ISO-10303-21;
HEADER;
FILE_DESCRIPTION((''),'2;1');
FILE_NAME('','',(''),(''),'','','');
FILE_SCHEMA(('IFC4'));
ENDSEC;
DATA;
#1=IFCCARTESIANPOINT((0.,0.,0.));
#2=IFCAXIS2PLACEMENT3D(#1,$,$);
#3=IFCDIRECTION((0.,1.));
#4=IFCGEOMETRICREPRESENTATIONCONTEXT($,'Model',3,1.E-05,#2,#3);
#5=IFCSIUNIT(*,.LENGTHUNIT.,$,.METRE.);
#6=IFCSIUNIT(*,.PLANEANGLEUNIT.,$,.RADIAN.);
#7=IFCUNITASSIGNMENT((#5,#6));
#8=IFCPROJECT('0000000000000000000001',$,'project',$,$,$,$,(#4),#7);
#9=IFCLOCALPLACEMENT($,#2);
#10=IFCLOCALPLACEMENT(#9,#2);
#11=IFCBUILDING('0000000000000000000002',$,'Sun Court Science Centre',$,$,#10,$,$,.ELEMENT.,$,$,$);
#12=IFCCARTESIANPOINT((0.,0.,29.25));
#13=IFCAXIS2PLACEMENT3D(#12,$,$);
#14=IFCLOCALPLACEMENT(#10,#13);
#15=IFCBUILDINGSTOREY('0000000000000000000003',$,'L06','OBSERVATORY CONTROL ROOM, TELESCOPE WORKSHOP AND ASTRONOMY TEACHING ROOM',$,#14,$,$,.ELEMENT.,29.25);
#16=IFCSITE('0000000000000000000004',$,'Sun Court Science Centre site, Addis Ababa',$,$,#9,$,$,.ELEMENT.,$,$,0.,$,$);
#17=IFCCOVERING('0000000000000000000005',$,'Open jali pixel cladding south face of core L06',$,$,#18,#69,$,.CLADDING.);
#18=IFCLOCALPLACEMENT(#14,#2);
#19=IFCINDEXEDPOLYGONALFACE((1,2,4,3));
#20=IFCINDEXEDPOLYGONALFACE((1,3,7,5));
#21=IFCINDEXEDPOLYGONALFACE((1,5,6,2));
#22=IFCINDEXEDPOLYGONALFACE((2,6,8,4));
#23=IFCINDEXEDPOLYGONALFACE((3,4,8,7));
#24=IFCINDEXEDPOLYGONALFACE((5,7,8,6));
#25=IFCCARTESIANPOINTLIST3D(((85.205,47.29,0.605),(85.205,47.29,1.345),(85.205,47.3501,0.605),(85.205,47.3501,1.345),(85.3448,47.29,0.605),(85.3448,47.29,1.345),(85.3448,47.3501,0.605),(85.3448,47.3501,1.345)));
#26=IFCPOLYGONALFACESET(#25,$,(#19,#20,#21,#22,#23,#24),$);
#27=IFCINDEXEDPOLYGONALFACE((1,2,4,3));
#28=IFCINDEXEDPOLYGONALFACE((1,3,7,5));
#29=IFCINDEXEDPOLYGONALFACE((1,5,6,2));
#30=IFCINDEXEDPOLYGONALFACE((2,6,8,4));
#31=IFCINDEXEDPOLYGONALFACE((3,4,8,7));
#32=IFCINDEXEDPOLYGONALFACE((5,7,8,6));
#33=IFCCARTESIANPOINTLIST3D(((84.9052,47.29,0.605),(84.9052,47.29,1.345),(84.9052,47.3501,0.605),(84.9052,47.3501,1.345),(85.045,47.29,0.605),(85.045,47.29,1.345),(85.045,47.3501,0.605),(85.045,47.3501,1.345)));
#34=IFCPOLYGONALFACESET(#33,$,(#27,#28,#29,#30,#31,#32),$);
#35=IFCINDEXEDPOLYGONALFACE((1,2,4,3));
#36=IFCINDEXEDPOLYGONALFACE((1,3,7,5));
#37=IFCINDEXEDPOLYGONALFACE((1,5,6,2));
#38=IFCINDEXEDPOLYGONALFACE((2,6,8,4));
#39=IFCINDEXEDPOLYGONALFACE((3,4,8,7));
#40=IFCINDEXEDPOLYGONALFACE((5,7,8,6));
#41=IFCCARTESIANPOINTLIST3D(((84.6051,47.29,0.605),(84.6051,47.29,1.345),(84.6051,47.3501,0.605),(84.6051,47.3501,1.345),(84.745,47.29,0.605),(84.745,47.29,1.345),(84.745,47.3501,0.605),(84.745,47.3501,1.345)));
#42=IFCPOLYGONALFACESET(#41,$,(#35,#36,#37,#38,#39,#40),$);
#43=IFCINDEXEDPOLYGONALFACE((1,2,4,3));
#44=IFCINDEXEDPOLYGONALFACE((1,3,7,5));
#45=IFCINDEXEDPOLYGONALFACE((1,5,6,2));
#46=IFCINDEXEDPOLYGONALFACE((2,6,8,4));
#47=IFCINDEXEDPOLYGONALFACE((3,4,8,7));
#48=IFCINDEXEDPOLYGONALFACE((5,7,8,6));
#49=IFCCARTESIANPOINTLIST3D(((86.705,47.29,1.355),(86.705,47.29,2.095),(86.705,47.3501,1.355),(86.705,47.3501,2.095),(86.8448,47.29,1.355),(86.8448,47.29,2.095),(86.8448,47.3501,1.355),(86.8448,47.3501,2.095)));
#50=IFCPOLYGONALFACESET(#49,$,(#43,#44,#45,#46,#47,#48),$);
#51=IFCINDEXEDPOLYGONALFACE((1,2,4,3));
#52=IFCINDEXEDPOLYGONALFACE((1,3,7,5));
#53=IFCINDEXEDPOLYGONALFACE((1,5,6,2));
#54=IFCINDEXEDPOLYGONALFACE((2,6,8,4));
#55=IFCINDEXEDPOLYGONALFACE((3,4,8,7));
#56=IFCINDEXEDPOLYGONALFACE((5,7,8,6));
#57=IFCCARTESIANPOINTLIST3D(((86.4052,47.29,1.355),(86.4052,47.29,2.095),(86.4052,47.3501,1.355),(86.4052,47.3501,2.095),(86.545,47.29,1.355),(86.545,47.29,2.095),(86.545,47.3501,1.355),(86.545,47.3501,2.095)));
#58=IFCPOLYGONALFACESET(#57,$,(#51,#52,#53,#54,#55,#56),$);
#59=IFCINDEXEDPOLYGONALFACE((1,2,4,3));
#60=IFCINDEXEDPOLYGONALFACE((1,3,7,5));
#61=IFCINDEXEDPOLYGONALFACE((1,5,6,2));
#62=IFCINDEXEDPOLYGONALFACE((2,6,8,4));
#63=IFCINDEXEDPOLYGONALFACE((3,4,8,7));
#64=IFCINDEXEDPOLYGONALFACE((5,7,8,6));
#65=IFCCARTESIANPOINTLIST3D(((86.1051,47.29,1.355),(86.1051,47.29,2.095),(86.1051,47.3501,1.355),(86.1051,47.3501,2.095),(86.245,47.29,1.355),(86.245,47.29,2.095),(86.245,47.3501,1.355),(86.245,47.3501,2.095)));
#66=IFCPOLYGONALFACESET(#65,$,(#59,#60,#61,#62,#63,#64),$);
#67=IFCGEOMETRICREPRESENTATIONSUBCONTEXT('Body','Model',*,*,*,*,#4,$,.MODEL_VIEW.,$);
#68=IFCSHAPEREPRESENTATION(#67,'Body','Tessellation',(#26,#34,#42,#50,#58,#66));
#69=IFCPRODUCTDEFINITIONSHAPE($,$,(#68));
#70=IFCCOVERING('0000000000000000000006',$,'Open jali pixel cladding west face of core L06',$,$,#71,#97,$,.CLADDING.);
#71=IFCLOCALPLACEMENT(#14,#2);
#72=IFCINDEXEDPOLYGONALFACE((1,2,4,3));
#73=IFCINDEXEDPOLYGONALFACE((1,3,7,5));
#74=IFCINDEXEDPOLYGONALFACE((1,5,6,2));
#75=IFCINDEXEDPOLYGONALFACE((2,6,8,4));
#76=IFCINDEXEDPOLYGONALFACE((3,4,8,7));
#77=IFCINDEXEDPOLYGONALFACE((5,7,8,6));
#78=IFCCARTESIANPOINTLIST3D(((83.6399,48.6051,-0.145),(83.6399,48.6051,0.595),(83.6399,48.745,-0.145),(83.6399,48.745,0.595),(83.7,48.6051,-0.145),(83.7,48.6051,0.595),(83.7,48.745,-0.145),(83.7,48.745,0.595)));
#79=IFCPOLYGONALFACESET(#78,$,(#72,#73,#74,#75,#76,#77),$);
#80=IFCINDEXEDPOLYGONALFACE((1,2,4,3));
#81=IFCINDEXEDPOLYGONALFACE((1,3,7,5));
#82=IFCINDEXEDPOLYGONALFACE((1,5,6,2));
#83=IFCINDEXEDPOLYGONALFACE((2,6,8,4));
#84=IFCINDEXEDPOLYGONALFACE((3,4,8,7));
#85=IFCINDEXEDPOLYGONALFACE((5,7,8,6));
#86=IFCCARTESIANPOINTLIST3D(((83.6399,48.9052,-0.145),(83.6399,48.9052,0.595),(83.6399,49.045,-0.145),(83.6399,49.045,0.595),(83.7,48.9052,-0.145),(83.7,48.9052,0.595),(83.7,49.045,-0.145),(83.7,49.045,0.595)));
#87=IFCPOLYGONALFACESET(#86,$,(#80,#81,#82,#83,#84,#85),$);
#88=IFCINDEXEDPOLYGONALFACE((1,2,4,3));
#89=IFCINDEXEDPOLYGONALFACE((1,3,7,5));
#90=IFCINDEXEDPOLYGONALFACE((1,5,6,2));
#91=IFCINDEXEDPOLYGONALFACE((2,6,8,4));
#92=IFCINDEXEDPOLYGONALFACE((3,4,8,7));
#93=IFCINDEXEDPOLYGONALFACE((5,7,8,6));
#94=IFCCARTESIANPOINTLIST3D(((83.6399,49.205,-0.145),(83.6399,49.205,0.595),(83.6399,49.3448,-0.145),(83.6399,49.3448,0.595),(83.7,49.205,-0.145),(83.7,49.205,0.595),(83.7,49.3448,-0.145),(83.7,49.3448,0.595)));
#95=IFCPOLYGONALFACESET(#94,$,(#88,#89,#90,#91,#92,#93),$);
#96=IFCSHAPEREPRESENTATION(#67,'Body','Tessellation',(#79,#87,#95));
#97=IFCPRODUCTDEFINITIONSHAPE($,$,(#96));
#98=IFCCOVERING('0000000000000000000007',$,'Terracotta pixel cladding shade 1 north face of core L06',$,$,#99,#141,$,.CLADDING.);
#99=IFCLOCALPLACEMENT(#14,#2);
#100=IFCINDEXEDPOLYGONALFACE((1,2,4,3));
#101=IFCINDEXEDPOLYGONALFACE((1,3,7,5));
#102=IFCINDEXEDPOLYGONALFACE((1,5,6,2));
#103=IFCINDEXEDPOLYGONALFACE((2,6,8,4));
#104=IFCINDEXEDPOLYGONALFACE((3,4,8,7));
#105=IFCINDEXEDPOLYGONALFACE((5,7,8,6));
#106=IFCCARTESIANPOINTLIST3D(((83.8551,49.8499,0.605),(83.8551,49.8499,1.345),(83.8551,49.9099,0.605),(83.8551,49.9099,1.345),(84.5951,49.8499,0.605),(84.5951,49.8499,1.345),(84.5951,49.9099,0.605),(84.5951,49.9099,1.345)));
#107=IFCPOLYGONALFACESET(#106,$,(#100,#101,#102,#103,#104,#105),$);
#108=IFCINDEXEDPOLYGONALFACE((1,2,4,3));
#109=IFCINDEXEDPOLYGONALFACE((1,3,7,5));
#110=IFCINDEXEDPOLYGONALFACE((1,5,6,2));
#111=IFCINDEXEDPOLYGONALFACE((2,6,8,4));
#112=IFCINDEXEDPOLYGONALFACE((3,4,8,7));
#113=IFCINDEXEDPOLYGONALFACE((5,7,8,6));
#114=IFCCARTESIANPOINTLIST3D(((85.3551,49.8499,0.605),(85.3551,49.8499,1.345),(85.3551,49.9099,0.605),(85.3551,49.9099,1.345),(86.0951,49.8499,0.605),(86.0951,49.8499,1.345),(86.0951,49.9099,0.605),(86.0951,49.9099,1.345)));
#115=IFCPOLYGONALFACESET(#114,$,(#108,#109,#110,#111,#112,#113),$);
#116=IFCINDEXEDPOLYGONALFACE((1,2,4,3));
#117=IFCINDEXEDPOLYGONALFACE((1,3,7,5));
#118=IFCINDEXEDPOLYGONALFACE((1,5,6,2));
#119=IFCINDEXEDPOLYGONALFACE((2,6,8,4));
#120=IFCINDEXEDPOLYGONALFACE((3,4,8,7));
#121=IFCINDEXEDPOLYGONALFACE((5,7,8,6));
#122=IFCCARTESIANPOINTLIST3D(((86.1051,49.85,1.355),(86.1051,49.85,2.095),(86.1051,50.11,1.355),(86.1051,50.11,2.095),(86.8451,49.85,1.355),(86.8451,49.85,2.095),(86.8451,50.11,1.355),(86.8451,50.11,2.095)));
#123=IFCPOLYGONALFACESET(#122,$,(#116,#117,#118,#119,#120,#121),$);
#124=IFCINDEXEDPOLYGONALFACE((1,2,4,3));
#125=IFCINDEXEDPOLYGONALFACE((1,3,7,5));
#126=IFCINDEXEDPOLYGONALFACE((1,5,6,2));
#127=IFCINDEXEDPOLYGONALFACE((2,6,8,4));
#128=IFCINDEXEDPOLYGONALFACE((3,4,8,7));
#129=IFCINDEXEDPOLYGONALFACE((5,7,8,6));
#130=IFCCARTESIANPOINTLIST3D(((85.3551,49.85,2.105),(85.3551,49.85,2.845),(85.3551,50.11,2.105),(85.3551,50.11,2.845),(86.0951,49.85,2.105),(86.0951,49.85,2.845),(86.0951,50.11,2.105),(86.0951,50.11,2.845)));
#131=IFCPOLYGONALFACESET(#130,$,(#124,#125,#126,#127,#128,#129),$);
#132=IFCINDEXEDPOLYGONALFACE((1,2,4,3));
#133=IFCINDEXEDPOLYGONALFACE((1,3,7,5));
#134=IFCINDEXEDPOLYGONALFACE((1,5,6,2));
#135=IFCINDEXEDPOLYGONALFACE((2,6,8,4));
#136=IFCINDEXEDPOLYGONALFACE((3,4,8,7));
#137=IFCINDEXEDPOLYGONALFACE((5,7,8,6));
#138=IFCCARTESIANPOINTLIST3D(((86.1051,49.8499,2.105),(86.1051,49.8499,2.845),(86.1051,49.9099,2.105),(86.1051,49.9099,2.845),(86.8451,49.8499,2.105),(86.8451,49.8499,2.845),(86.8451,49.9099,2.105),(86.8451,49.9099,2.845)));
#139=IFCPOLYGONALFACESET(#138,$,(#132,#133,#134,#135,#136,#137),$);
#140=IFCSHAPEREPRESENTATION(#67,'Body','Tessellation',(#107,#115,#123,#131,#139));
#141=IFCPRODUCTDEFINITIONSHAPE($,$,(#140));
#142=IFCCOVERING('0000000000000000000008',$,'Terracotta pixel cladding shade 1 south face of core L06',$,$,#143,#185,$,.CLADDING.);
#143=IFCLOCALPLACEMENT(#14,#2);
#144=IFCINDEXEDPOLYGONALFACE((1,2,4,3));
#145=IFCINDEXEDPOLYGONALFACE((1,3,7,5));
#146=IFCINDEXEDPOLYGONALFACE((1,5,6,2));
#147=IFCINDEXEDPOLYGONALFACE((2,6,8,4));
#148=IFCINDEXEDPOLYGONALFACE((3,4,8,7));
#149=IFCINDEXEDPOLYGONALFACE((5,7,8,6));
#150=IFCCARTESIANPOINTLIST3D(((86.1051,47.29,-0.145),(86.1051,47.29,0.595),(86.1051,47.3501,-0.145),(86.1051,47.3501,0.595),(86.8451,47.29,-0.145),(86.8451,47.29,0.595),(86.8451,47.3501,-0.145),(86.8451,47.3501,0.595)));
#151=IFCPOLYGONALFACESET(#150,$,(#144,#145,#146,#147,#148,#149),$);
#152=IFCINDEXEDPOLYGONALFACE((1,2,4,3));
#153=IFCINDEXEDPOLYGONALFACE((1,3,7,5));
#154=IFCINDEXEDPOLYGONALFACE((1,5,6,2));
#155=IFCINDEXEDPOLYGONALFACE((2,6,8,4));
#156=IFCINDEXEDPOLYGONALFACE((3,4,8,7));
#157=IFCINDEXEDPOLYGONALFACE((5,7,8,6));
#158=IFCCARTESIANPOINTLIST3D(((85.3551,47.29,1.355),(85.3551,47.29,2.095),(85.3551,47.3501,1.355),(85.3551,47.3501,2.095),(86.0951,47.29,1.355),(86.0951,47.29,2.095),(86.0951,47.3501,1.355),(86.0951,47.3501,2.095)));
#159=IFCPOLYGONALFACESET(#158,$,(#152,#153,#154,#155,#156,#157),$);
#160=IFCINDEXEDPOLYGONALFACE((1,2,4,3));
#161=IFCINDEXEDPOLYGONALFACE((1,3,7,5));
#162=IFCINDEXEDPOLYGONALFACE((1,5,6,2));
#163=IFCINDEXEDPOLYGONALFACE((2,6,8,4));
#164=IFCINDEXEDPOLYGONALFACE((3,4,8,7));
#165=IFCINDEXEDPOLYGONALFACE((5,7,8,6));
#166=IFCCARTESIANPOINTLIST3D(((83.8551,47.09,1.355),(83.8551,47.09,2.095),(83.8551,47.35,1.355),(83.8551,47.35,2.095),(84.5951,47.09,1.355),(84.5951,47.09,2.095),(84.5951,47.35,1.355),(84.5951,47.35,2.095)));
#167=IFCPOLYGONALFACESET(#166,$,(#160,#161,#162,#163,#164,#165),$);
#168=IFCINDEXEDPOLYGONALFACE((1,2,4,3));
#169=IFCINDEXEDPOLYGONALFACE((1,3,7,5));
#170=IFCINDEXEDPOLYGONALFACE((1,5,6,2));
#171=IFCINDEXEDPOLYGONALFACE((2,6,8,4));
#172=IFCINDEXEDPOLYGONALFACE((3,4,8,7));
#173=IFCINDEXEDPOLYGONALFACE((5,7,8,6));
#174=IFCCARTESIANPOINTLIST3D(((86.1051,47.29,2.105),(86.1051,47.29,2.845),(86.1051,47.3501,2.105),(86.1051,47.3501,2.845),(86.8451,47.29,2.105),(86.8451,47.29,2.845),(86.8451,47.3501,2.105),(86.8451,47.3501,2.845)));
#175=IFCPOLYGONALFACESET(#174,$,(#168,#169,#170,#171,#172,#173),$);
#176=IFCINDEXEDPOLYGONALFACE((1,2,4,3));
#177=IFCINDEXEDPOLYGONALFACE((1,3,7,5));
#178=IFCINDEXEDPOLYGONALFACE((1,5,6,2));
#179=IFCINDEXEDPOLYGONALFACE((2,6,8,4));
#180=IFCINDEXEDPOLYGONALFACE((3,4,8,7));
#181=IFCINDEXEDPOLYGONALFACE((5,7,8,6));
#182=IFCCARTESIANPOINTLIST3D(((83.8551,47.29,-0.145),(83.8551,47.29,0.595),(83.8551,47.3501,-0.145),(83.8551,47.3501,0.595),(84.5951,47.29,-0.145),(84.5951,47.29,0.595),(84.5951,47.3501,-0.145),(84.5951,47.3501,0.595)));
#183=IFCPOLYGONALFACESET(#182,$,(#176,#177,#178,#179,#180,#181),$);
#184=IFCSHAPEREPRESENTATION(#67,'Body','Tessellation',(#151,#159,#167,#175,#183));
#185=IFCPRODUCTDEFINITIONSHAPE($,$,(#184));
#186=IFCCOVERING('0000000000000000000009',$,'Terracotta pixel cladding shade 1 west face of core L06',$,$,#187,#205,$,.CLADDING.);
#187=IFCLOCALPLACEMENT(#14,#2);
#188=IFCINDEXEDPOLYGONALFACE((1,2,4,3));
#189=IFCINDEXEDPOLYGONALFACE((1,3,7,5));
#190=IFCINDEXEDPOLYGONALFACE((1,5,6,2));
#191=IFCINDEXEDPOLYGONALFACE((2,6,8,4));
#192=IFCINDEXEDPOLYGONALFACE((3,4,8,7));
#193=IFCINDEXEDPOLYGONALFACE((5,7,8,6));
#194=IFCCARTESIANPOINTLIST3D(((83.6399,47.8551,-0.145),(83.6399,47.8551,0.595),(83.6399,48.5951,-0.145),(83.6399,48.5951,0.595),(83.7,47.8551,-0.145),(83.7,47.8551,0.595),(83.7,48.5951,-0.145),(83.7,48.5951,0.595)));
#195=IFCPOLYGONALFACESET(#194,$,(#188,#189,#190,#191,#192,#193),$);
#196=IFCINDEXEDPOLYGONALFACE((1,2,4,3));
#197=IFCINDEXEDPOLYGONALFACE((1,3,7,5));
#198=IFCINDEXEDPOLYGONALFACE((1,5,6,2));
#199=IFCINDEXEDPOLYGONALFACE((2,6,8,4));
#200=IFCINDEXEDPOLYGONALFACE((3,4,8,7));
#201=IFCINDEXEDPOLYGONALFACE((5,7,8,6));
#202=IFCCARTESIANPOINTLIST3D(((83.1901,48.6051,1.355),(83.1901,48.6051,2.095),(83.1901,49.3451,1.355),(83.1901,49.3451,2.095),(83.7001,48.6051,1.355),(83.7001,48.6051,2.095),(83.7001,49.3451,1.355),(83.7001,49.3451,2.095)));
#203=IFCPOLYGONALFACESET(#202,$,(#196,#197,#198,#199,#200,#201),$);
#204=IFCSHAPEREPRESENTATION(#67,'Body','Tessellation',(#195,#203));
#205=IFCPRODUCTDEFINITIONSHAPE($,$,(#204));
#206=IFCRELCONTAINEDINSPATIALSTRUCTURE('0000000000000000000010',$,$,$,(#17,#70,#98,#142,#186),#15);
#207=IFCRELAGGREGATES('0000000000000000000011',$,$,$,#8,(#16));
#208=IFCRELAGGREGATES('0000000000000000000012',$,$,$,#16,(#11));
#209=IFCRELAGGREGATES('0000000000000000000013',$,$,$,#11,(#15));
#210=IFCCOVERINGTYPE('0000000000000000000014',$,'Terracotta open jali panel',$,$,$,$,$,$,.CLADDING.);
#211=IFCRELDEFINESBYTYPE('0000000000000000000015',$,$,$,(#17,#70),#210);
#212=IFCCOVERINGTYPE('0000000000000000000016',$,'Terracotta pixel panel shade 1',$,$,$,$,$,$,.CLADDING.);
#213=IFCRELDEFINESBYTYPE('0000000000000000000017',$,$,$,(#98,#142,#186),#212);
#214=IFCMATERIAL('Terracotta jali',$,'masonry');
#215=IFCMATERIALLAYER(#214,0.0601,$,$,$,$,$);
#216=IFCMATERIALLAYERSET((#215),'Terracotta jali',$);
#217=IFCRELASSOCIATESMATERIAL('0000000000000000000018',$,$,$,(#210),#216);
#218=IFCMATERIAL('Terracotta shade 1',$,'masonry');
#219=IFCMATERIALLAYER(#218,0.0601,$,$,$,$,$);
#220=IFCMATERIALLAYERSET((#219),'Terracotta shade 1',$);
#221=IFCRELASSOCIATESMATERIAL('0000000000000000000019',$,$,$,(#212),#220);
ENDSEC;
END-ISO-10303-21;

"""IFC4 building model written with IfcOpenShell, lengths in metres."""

from ifc_helpers import new_model, si_unit, direction, frame, origin, origin_2d, place, context, subcontext, project, spatial, rectangle, extrude, material, layer, layer_set, type_object, element, save


model = new_model("IFC4")

# Units and contexts
model_context = context("Model", 3, precision=1e-05, world=origin(), true_north=direction((0.0, 1.0)))
body_context = subcontext(model_context, "Body", "Model", "MODEL_VIEW")
ifc_project = project(units=[si_unit("LENGTHUNIT", "METRE"), si_unit("PLANEANGLEUNIT", "RADIAN")], contexts=[model_context])

# Site, building, storey
site_placement = place(None, origin())
site = spatial("IfcSite", under=ifc_project, at=site_placement, Name="Sun Court Science Centre site, Addis Ababa", CompositionType="ELEMENT", RefElevation=0.0)
building_placement = place(site_placement, origin())
building = spatial("IfcBuilding", under=site, at=building_placement, Name="Sun Court Science Centre", CompositionType="ELEMENT")
storey_placement = place(building_placement, frame((0.0, 0.0, 29.25)))
storey = spatial("IfcBuildingStorey", under=building, at=storey_placement, Name="L06", Description="OBSERVATORY CONTROL ROOM, TELESCOPE WORKSHOP AND ASTRONOMY TEACHING ROOM", CompositionType="ELEMENT", Elevation=29.25)

# Coverings
ifc_material_1 = material(Name="Terracotta jali", Category="masonry")
ifc_layer_1 = layer(ifc_material_1, 0.0601)
ifc_layer_set_1 = layer_set([ifc_layer_1], Name="Terracotta jali")
covering_type_1 = type_object("IfcCoveringType", Name="Terracotta open jali panel", PredefinedType="CLADDING", material=ifc_layer_set_1)
covering_1_placement = place(storey_placement, frame((0.0, 0.0, -29.25)))
element("IfcCovering", 1, at=covering_1_placement, inside=storey, type_object=covering_type_1, Name="Open jali pixel cladding south face of core L06", PredefinedType="CLADDING", context=body_context, shape_type="SweptSolid", body=[
    extrude(rectangle(XDim=0.1399, YDim=0.0601, at=origin_2d()), frame((85.2749, 47.3201, 29.855), z_axis=(0.0, 0.0, 1.0), x_axis=(-1.0, 0.0, 0.0)), (0.0, 0.0, 1.0), 0.74),
    extrude(rectangle(XDim=0.1399, YDim=0.0601, at=origin_2d()), frame((84.9751, 47.3201, 29.855), z_axis=(0.0, 0.0, 1.0), x_axis=(-1.0, 0.0, 0.0)), (0.0, 0.0, 1.0), 0.74),
    extrude(rectangle(XDim=0.1399, YDim=0.0601, at=origin_2d()), frame((84.675, 47.3201, 29.855), z_axis=(0.0, 0.0, 1.0), x_axis=(-1.0, 0.0, 0.0)), (0.0, 0.0, 1.0), 0.74),
    extrude(rectangle(XDim=0.1399, YDim=0.0601, at=origin_2d()), frame((86.7749, 47.3201, 30.605), z_axis=(0.0, 0.0, 1.0), x_axis=(-1.0, 0.0, 0.0)), (0.0, 0.0, 1.0), 0.74),
    extrude(rectangle(XDim=0.1399, YDim=0.0601, at=origin_2d()), frame((86.4751, 47.3201, 30.605), z_axis=(0.0, 0.0, 1.0), x_axis=(-1.0, 0.0, 0.0)), (0.0, 0.0, 1.0), 0.74),
    extrude(rectangle(XDim=0.1399, YDim=0.0601, at=origin_2d()), frame((86.175, 47.3201, 30.605), z_axis=(0.0, 0.0, 1.0), x_axis=(-1.0, 0.0, 0.0)), (0.0, 0.0, 1.0), 0.74),
])
covering_2_placement = place(storey_placement, frame((0.0, 0.0, -29.25)))
element("IfcCovering", 2, at=covering_2_placement, inside=storey, type_object=covering_type_1, Name="Open jali pixel cladding west face of core L06", PredefinedType="CLADDING", context=body_context, shape_type="SweptSolid", body=[
    extrude(rectangle(XDim=0.1399, YDim=0.0601, at=origin_2d()), frame((83.6699, 48.675, 29.105), z_axis=(0.0, 0.0, 1.0), x_axis=(0.0, 1.0, 0.0)), (0.0, 0.0, 1.0), 0.74),
    extrude(rectangle(XDim=0.1399, YDim=0.0601, at=origin_2d()), frame((83.6699, 48.9751, 29.105), z_axis=(0.0, 0.0, 1.0), x_axis=(0.0, 1.0, 0.0)), (0.0, 0.0, 1.0), 0.74),
    extrude(rectangle(XDim=0.1399, YDim=0.0601, at=origin_2d()), frame((83.6699, 49.2749, 29.105), z_axis=(0.0, 0.0, 1.0), x_axis=(0.0, 1.0, 0.0)), (0.0, 0.0, 1.0), 0.74),
])
ifc_material_2 = material(Name="Terracotta shade 1", Category="masonry")
ifc_layer_2 = layer(ifc_material_2, 0.0601)
ifc_layer_set_2 = layer_set([ifc_layer_2], Name="Terracotta shade 1")
covering_type_2 = type_object("IfcCoveringType", Name="Terracotta pixel panel shade 1", PredefinedType="CLADDING", material=ifc_layer_set_2)
covering_3_placement = place(storey_placement, frame((0.0, 0.0, -29.25)))
element("IfcCovering", 3, at=covering_3_placement, inside=storey, type_object=covering_type_2, Name="Terracotta pixel cladding shade 1 north face of core L06", PredefinedType="CLADDING", context=body_context, shape_type="SweptSolid", body=[
    extrude(rectangle(XDim=0.74, YDim=0.0601, at=origin_2d()), frame((84.2251, 49.8799, 29.855), z_axis=(0.0, 0.0, 1.0), x_axis=(1.0, 0.0, 0.0)), (0.0, 0.0, 1.0), 0.74),
    extrude(rectangle(XDim=0.74, YDim=0.0601, at=origin_2d()), frame((85.7251, 49.8799, 29.855), z_axis=(0.0, 0.0, 1.0), x_axis=(1.0, 0.0, 0.0)), (0.0, 0.0, 1.0), 0.74),
    extrude(rectangle(XDim=0.74, YDim=0.26, at=origin_2d()), frame((86.4751, 49.98, 30.605), z_axis=(0.0, 0.0, 1.0), x_axis=(1.0, 0.0, 0.0)), (0.0, 0.0, 1.0), 0.74),
    extrude(rectangle(XDim=0.74, YDim=0.26, at=origin_2d()), frame((85.7251, 49.98, 31.355), z_axis=(0.0, 0.0, 1.0), x_axis=(1.0, 0.0, 0.0)), (0.0, 0.0, 1.0), 0.74),
    extrude(rectangle(XDim=0.74, YDim=0.0601, at=origin_2d()), frame((86.4751, 49.8799, 31.355), z_axis=(0.0, 0.0, 1.0), x_axis=(1.0, 0.0, 0.0)), (0.0, 0.0, 1.0), 0.74),
])
covering_4_placement = place(storey_placement, frame((0.0, 0.0, -29.25)))
element("IfcCovering", 4, at=covering_4_placement, inside=storey, type_object=covering_type_2, Name="Terracotta pixel cladding shade 1 south face of core L06", PredefinedType="CLADDING", context=body_context, shape_type="SweptSolid", body=[
    extrude(rectangle(XDim=0.74, YDim=0.0601, at=origin_2d()), frame((86.4751, 47.3201, 29.105), z_axis=(0.0, 0.0, 1.0), x_axis=(-1.0, 0.0, 0.0)), (0.0, 0.0, 1.0), 0.74),
    extrude(rectangle(XDim=0.74, YDim=0.0601, at=origin_2d()), frame((85.7251, 47.3201, 30.605), z_axis=(0.0, 0.0, 1.0), x_axis=(-1.0, 0.0, 0.0)), (0.0, 0.0, 1.0), 0.74),
    extrude(rectangle(XDim=0.74, YDim=0.26, at=origin_2d()), frame((84.2251, 47.22, 30.605), z_axis=(0.0, 0.0, 1.0), x_axis=(-1.0, 0.0, 0.0)), (0.0, 0.0, 1.0), 0.74),
    extrude(rectangle(XDim=0.74, YDim=0.0601, at=origin_2d()), frame((86.4751, 47.3201, 31.355), z_axis=(0.0, 0.0, 1.0), x_axis=(-1.0, 0.0, 0.0)), (0.0, 0.0, 1.0), 0.74),
    extrude(rectangle(XDim=0.74, YDim=0.0601, at=origin_2d()), frame((84.2251, 47.3201, 29.105), z_axis=(0.0, 0.0, 1.0), x_axis=(-1.0, 0.0, 0.0)), (0.0, 0.0, 1.0), 0.74),
])
covering_5_placement = place(storey_placement, frame((0.0, 0.0, -29.25)))
element("IfcCovering", 5, at=covering_5_placement, inside=storey, type_object=covering_type_2, Name="Terracotta pixel cladding shade 1 west face of core L06", PredefinedType="CLADDING", context=body_context, shape_type="SweptSolid", body=[
    extrude(rectangle(XDim=0.74, YDim=0.0601, at=origin_2d()), frame((83.6699, 48.2251, 29.105), z_axis=(0.0, 0.0, 1.0), x_axis=(0.0, 1.0, 0.0)), (0.0, 0.0, 1.0), 0.74),
    extrude(rectangle(XDim=0.74, YDim=0.51, at=origin_2d()), frame((83.4451, 48.9751, 30.605), z_axis=(0.0, 0.0, 1.0), x_axis=(0.0, 1.0, 0.0)), (0.0, 0.0, 1.0), 0.74),
])

save(model, "model.ifc")
